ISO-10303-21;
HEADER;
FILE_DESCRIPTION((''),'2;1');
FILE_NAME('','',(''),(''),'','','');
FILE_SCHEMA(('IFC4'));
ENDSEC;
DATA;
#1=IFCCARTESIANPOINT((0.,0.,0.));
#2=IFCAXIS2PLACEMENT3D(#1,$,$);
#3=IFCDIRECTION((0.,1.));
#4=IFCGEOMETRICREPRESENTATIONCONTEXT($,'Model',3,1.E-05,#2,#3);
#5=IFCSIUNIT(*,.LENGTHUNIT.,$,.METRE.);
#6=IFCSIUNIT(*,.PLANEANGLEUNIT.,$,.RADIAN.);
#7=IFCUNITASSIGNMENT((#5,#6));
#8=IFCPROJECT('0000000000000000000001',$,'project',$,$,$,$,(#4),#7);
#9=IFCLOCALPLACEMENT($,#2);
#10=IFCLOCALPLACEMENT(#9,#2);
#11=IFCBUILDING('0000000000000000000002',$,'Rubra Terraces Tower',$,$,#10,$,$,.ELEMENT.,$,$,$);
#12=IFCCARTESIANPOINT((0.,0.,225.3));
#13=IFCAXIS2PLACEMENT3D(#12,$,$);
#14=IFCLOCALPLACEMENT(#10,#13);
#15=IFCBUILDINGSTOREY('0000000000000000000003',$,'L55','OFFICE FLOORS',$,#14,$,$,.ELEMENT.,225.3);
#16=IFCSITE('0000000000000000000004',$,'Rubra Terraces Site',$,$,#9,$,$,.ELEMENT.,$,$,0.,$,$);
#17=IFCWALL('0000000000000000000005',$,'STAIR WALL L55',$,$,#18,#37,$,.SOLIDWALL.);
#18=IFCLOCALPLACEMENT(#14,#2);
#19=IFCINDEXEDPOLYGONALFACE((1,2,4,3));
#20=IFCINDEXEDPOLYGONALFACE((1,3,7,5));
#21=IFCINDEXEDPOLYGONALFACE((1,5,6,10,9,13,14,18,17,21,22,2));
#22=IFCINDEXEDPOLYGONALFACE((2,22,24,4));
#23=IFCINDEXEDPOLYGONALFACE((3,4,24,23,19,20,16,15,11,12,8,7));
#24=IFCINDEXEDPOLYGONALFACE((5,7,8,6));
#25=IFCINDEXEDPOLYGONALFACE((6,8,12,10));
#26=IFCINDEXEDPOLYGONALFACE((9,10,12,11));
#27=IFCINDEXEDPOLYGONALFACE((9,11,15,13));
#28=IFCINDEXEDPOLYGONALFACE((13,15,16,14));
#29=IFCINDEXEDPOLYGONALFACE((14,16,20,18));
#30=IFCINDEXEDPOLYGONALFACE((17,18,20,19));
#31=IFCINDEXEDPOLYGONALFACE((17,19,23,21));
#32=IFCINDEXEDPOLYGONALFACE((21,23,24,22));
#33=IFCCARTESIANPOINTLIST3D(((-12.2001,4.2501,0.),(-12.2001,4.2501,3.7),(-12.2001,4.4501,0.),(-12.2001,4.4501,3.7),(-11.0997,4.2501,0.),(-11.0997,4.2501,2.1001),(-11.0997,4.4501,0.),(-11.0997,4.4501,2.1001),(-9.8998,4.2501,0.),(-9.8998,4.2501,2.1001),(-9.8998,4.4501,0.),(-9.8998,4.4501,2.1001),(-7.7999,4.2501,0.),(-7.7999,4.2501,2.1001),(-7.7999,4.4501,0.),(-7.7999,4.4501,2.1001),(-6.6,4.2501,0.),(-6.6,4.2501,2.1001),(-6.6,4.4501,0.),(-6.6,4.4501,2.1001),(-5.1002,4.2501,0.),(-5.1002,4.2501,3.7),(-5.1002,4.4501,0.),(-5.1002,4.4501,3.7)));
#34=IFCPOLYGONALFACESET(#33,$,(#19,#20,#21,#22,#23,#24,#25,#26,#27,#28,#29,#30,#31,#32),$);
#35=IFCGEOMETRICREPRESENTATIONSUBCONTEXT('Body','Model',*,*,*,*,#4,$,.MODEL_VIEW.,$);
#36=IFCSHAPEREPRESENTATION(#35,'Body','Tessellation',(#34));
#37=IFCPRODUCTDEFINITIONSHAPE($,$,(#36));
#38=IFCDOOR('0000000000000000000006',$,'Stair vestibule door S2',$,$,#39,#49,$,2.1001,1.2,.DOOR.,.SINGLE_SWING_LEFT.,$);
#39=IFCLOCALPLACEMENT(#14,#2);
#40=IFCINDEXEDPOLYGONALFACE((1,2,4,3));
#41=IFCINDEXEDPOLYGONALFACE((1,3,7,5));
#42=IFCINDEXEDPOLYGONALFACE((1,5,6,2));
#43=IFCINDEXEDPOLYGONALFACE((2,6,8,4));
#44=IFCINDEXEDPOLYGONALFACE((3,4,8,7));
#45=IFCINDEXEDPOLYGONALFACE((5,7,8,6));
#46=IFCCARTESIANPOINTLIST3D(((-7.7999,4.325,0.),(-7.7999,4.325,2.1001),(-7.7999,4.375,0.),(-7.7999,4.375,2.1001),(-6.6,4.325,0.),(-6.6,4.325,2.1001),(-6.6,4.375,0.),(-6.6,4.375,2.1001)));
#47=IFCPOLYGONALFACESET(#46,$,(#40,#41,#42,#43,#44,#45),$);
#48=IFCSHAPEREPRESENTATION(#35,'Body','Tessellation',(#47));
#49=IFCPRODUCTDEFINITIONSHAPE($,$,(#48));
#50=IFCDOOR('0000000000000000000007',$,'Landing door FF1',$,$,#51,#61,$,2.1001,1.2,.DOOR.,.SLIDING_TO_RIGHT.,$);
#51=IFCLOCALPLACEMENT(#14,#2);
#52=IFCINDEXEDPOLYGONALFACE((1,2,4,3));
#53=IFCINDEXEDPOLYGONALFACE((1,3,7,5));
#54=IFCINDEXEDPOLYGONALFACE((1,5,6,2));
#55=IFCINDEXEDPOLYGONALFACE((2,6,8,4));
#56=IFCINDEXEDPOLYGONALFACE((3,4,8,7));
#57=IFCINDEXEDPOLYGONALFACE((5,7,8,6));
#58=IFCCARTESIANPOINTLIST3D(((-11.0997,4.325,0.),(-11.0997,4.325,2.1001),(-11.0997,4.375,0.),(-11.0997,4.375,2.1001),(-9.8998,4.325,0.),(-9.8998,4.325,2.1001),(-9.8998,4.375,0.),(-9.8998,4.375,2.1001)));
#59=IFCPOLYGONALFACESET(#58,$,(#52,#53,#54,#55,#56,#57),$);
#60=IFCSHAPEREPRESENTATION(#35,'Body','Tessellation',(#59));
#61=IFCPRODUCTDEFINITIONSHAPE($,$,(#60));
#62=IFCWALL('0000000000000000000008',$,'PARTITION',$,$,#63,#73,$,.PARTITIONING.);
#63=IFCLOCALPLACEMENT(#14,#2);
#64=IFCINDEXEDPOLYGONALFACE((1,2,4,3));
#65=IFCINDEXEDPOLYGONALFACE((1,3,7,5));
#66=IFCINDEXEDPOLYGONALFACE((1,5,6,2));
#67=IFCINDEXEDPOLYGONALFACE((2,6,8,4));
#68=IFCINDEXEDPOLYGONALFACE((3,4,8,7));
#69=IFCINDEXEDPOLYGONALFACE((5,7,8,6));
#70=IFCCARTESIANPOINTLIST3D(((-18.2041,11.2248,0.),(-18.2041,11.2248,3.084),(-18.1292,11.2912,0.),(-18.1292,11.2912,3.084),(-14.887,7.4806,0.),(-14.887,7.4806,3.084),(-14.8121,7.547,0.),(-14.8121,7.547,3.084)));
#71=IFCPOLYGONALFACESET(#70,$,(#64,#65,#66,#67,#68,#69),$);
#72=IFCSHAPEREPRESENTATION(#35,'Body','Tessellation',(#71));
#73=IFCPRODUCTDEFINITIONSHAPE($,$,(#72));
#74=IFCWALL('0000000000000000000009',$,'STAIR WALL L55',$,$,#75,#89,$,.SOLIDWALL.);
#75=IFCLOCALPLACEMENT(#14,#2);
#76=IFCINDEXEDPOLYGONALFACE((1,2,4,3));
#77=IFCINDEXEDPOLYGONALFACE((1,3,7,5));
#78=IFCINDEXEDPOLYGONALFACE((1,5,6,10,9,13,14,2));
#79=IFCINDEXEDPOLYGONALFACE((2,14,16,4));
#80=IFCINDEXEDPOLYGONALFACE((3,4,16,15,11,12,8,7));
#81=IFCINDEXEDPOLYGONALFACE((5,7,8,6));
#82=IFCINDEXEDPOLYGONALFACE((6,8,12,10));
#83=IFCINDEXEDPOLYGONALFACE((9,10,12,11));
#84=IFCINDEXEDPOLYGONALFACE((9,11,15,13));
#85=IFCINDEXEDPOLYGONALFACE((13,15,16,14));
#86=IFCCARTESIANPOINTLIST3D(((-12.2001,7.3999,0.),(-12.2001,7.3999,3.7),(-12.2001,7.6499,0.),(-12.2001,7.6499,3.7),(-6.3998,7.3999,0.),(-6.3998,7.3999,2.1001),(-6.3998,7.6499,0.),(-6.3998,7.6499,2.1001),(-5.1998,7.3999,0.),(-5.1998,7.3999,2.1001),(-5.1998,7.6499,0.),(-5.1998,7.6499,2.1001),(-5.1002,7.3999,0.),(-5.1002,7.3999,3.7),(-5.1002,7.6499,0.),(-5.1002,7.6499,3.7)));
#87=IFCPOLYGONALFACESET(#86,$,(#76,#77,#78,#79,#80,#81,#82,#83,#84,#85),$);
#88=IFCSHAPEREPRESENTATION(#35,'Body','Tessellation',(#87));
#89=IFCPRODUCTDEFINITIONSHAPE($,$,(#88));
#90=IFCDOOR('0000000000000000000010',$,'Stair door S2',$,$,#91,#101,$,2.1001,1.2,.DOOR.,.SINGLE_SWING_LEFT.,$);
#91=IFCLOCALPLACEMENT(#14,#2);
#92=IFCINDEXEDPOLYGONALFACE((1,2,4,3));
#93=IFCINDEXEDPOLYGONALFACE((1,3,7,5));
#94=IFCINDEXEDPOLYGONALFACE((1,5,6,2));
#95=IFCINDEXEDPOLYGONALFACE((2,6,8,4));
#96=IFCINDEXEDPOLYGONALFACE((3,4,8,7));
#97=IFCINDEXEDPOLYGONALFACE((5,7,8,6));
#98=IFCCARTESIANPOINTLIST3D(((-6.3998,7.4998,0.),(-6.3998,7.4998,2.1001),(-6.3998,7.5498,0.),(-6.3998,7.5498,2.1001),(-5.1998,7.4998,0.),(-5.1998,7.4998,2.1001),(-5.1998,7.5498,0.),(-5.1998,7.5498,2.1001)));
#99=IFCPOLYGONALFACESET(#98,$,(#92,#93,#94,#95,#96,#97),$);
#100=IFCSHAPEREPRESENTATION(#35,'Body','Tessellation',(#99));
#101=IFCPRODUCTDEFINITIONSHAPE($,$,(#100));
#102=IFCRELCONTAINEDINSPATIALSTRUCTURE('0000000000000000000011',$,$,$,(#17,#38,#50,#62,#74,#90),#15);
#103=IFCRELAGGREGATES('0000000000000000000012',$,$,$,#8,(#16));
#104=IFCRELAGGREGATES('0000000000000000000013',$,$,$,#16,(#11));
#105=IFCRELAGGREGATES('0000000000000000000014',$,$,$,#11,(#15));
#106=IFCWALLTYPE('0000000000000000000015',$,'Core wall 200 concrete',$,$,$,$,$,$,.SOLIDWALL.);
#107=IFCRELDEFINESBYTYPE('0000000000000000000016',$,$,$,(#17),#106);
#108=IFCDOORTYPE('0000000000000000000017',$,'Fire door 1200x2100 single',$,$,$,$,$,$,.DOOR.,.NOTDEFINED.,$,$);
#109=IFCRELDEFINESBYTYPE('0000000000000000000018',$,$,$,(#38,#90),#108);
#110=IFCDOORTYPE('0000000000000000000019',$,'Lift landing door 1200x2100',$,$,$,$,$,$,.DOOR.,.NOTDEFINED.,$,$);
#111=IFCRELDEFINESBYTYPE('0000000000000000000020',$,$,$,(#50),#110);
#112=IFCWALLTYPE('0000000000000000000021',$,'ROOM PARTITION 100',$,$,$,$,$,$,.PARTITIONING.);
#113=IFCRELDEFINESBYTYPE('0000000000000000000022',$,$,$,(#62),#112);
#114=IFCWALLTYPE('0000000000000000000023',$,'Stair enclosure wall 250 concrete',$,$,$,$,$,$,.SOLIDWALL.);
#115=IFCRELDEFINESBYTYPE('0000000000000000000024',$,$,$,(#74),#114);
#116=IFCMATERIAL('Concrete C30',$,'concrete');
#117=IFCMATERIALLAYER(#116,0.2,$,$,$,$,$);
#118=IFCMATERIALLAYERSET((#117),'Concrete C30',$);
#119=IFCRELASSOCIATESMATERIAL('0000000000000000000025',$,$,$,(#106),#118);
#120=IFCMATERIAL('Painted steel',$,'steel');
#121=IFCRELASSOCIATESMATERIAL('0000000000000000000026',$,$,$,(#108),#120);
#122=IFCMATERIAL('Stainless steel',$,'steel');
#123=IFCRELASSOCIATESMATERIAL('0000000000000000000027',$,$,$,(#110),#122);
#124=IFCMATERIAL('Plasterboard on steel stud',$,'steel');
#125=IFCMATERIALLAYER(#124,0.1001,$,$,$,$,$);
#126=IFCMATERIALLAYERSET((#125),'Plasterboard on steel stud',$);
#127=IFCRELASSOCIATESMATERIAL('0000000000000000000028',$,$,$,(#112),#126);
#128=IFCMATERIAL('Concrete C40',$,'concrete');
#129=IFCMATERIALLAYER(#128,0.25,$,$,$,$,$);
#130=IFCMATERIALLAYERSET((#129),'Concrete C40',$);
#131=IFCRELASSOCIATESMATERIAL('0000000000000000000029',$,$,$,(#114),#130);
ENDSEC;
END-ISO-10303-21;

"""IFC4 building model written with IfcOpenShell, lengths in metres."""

from ifc_helpers import new_model, si_unit, direction, frame, frame_2d, origin, place, context, subcontext, project, spatial, rectangle, extrude, material, layer, layer_set, type_object, element, fill, save


model = new_model("IFC4")

# Units and contexts
model_context = context("Model", 3, precision=1e-05, world=origin(), true_north=direction((0.0, 1.0)))
body_context = subcontext(model_context, "Body", "Model", "MODEL_VIEW")
ifc_project = project(units=[si_unit("LENGTHUNIT", "METRE"), si_unit("PLANEANGLEUNIT", "RADIAN")], contexts=[model_context])

# Site, building, storey
site_placement = place(None, origin())
site = spatial("IfcSite", under=ifc_project, at=site_placement, Name="Rubra Terraces Site", CompositionType="ELEMENT", RefElevation=0.0)
building_placement = place(site_placement, origin())
building = spatial("IfcBuilding", under=site, at=building_placement, Name="Rubra Terraces Tower", CompositionType="ELEMENT")
storey_placement = place(building_placement, frame((0.0, 0.0, 225.3)))
storey = spatial("IfcBuildingStorey", under=building, at=storey_placement, Name="L55", Description="OFFICE FLOORS", CompositionType="ELEMENT", Elevation=225.3)

# Shared definitions
ifc_material_1 = material(Name="Painted steel", Category="steel")

# Shared definitions
ifc_material_2 = material(Name="Concrete C40", Category="concrete")

# Wall, openings, doors
ifc_material_3 = material(Name="Concrete C30", Category="concrete")
ifc_layer_1 = layer(ifc_material_3, 0.2)
ifc_layer_set_1 = layer_set([ifc_layer_1], Name="Concrete C30")
wall_type_1 = type_object("IfcWallType", Name="Core wall 200 concrete", PredefinedType="SOLIDWALL", material=ifc_layer_set_1)
wall_1_placement = place(storey_placement, frame((-12.2, 4.3501, 0.0), z_axis=(0.0, 0.0, 1.0), x_axis=(1.0, 0.0, 0.0)))
wall_1 = element("IfcWall", 1, at=wall_1_placement, inside=storey, type_object=wall_type_1, Name="STAIR WALL L55", PredefinedType="SOLIDWALL", context=body_context, shape_type="SweptSolid", body=[
    extrude(rectangle(XDim=7.0999, YDim=0.2, at=frame_2d((3.5498, 0.0))), origin(), (0.0, 0.0, 1.0), 3.7),
])
opening_1_placement = place(wall_1_placement, frame((4.3999, 0.0, 0.0)))
opening_1 = element("IfcOpeningElement", 2, at=opening_1_placement, cuts=wall_1, PredefinedType="OPENING", context=body_context, shape_type="SweptSolid", body=[
    extrude(rectangle(XDim=1.2, YDim=2.1001, at=frame_2d((0.6001, 1.05))), frame((0.0, 0.1099, 0.0), z_axis=(0.0, -1.0, 0.0), x_axis=(1.0, 0.0, 0.0)), (0.0, 0.0, 1.0), 0.22),
])
opening_2_placement = place(wall_1_placement, frame((1.1001, 0.0, 0.0)))
opening_2 = element("IfcOpeningElement", 3, at=opening_2_placement, cuts=wall_1, PredefinedType="OPENING", context=body_context, shape_type="SweptSolid", body=[
    extrude(rectangle(XDim=1.2, YDim=2.1001, at=frame_2d((0.6001, 1.05))), frame((0.0, 0.1099, 0.0), z_axis=(0.0, -1.0, 0.0), x_axis=(1.0, 0.0, 0.0)), (0.0, 0.0, 1.0), 0.22),
])
door_type_1 = type_object("IfcDoorType", Name="Fire door 1200x2100 single", OperationType="NOTDEFINED", PredefinedType="DOOR", material=ifc_material_1)
door_1_placement = place(opening_1_placement, origin())
door_1 = element("IfcDoor", 4, at=door_1_placement, inside=storey, type_object=door_type_1, Name="Stair vestibule door S2", OperationType="SINGLE_SWING_LEFT", OverallHeight=2.1001, OverallWidth=1.2, PredefinedType="DOOR", context=body_context, shape_type="SweptSolid", body=[
    extrude(rectangle(XDim=1.2, YDim=2.1001, at=frame_2d((0.6001, 1.05))), frame((0.0, 0.0249, 0.0), z_axis=(0.0, -1.0, 0.0), x_axis=(1.0, 0.0, 0.0)), (0.0, 0.0, 1.0), 0.05),
])
fill(opening_1, door_1)
ifc_material_4 = material(Name="Stainless steel", Category="steel")
door_type_2 = type_object("IfcDoorType", Name="Lift landing door 1200x2100", OperationType="NOTDEFINED", PredefinedType="DOOR", material=ifc_material_4)
door_2_placement = place(opening_2_placement, origin())
door_2 = element("IfcDoor", 5, at=door_2_placement, inside=storey, type_object=door_type_2, Name="Landing door FF1", OperationType="SLIDING_TO_RIGHT", OverallHeight=2.1001, OverallWidth=1.2, PredefinedType="DOOR", context=body_context, shape_type="SweptSolid", body=[
    extrude(rectangle(XDim=1.2, YDim=2.1001, at=frame_2d((0.6001, 1.05))), frame((0.0, 0.0249, 0.0), z_axis=(0.0, -1.0, 0.0), x_axis=(1.0, 0.0, 0.0)), (0.0, 0.0, 1.0), 0.05),
])
fill(opening_2, door_2)

# Wall
ifc_material_5 = material(Name="Plasterboard on steel stud", Category="steel")
ifc_layer_2 = layer(ifc_material_5, 0.1001)
ifc_layer_set_2 = layer_set([ifc_layer_2], Name="Plasterboard on steel stud")
wall_type_2 = type_object("IfcWallType", Name="ROOM PARTITION 100", PredefinedType="PARTITIONING", material=ifc_layer_set_2)
wall_2_placement = place(storey_placement, frame((-14.8496, 7.5139, 0.0), z_axis=(0.0, 0.0, 1.0), x_axis=(-0.663136, 0.748499, 0.0)))
element("IfcWall", 6, at=wall_2_placement, inside=storey, type_object=wall_type_2, Name="PARTITION", PredefinedType="PARTITIONING", context=body_context, shape_type="SweptSolid", body=[
    extrude(rectangle(XDim=5.0022, YDim=0.1001, at=frame_2d((2.501, 0.0))), origin(), (0.0, 0.0, 1.0), 3.084),
])

# Wall, opening, door
ifc_layer_3 = layer(ifc_material_2, 0.25)
ifc_layer_set_3 = layer_set([ifc_layer_3], Name="Concrete C40")
wall_type_3 = type_object("IfcWallType", Name="Stair enclosure wall 250 concrete", PredefinedType="SOLIDWALL", material=ifc_layer_set_3)
wall_3_placement = place(storey_placement, frame((-12.2, 7.5249, 0.0), z_axis=(0.0, 0.0, 1.0), x_axis=(1.0, 0.0, 0.0)))
wall_3 = element("IfcWall", 7, at=wall_3_placement, inside=storey, type_object=wall_type_3, Name="STAIR WALL L55", PredefinedType="SOLIDWALL", context=body_context, shape_type="SweptSolid", body=[
    extrude(rectangle(XDim=7.0999, YDim=0.25, at=frame_2d((3.5498, 0.0))), origin(), (0.0, 0.0, 1.0), 3.7),
])
opening_3_placement = place(wall_3_placement, frame((5.8, 0.0, 0.0)))
opening_3 = element("IfcOpeningElement", 8, at=opening_3_placement, cuts=wall_3, PredefinedType="OPENING", context=body_context, shape_type="SweptSolid", body=[
    extrude(rectangle(XDim=1.2, YDim=2.1001, at=frame_2d((0.6001, 1.05))), frame((0.0, 0.135, 0.0), z_axis=(0.0, -1.0, 0.0), x_axis=(1.0, 0.0, 0.0)), (0.0, 0.0, 1.0), 0.27),
])
door_3_placement = place(opening_3_placement, origin())
door_3 = element("IfcDoor", 9, at=door_3_placement, inside=storey, type_object=door_type_1, Name="Stair door S2", OperationType="SINGLE_SWING_LEFT", OverallHeight=2.1001, OverallWidth=1.2, PredefinedType="DOOR", context=body_context, shape_type="SweptSolid", body=[
    extrude(rectangle(XDim=1.2, YDim=2.1001, at=frame_2d((0.6001, 1.05))), frame((0.0, 0.0249, 0.0), z_axis=(0.0, -1.0, 0.0), x_axis=(1.0, 0.0, 0.0)), (0.0, 0.0, 1.0), 0.05),
])
fill(opening_3, door_3)

save(model, "model.ifc")
